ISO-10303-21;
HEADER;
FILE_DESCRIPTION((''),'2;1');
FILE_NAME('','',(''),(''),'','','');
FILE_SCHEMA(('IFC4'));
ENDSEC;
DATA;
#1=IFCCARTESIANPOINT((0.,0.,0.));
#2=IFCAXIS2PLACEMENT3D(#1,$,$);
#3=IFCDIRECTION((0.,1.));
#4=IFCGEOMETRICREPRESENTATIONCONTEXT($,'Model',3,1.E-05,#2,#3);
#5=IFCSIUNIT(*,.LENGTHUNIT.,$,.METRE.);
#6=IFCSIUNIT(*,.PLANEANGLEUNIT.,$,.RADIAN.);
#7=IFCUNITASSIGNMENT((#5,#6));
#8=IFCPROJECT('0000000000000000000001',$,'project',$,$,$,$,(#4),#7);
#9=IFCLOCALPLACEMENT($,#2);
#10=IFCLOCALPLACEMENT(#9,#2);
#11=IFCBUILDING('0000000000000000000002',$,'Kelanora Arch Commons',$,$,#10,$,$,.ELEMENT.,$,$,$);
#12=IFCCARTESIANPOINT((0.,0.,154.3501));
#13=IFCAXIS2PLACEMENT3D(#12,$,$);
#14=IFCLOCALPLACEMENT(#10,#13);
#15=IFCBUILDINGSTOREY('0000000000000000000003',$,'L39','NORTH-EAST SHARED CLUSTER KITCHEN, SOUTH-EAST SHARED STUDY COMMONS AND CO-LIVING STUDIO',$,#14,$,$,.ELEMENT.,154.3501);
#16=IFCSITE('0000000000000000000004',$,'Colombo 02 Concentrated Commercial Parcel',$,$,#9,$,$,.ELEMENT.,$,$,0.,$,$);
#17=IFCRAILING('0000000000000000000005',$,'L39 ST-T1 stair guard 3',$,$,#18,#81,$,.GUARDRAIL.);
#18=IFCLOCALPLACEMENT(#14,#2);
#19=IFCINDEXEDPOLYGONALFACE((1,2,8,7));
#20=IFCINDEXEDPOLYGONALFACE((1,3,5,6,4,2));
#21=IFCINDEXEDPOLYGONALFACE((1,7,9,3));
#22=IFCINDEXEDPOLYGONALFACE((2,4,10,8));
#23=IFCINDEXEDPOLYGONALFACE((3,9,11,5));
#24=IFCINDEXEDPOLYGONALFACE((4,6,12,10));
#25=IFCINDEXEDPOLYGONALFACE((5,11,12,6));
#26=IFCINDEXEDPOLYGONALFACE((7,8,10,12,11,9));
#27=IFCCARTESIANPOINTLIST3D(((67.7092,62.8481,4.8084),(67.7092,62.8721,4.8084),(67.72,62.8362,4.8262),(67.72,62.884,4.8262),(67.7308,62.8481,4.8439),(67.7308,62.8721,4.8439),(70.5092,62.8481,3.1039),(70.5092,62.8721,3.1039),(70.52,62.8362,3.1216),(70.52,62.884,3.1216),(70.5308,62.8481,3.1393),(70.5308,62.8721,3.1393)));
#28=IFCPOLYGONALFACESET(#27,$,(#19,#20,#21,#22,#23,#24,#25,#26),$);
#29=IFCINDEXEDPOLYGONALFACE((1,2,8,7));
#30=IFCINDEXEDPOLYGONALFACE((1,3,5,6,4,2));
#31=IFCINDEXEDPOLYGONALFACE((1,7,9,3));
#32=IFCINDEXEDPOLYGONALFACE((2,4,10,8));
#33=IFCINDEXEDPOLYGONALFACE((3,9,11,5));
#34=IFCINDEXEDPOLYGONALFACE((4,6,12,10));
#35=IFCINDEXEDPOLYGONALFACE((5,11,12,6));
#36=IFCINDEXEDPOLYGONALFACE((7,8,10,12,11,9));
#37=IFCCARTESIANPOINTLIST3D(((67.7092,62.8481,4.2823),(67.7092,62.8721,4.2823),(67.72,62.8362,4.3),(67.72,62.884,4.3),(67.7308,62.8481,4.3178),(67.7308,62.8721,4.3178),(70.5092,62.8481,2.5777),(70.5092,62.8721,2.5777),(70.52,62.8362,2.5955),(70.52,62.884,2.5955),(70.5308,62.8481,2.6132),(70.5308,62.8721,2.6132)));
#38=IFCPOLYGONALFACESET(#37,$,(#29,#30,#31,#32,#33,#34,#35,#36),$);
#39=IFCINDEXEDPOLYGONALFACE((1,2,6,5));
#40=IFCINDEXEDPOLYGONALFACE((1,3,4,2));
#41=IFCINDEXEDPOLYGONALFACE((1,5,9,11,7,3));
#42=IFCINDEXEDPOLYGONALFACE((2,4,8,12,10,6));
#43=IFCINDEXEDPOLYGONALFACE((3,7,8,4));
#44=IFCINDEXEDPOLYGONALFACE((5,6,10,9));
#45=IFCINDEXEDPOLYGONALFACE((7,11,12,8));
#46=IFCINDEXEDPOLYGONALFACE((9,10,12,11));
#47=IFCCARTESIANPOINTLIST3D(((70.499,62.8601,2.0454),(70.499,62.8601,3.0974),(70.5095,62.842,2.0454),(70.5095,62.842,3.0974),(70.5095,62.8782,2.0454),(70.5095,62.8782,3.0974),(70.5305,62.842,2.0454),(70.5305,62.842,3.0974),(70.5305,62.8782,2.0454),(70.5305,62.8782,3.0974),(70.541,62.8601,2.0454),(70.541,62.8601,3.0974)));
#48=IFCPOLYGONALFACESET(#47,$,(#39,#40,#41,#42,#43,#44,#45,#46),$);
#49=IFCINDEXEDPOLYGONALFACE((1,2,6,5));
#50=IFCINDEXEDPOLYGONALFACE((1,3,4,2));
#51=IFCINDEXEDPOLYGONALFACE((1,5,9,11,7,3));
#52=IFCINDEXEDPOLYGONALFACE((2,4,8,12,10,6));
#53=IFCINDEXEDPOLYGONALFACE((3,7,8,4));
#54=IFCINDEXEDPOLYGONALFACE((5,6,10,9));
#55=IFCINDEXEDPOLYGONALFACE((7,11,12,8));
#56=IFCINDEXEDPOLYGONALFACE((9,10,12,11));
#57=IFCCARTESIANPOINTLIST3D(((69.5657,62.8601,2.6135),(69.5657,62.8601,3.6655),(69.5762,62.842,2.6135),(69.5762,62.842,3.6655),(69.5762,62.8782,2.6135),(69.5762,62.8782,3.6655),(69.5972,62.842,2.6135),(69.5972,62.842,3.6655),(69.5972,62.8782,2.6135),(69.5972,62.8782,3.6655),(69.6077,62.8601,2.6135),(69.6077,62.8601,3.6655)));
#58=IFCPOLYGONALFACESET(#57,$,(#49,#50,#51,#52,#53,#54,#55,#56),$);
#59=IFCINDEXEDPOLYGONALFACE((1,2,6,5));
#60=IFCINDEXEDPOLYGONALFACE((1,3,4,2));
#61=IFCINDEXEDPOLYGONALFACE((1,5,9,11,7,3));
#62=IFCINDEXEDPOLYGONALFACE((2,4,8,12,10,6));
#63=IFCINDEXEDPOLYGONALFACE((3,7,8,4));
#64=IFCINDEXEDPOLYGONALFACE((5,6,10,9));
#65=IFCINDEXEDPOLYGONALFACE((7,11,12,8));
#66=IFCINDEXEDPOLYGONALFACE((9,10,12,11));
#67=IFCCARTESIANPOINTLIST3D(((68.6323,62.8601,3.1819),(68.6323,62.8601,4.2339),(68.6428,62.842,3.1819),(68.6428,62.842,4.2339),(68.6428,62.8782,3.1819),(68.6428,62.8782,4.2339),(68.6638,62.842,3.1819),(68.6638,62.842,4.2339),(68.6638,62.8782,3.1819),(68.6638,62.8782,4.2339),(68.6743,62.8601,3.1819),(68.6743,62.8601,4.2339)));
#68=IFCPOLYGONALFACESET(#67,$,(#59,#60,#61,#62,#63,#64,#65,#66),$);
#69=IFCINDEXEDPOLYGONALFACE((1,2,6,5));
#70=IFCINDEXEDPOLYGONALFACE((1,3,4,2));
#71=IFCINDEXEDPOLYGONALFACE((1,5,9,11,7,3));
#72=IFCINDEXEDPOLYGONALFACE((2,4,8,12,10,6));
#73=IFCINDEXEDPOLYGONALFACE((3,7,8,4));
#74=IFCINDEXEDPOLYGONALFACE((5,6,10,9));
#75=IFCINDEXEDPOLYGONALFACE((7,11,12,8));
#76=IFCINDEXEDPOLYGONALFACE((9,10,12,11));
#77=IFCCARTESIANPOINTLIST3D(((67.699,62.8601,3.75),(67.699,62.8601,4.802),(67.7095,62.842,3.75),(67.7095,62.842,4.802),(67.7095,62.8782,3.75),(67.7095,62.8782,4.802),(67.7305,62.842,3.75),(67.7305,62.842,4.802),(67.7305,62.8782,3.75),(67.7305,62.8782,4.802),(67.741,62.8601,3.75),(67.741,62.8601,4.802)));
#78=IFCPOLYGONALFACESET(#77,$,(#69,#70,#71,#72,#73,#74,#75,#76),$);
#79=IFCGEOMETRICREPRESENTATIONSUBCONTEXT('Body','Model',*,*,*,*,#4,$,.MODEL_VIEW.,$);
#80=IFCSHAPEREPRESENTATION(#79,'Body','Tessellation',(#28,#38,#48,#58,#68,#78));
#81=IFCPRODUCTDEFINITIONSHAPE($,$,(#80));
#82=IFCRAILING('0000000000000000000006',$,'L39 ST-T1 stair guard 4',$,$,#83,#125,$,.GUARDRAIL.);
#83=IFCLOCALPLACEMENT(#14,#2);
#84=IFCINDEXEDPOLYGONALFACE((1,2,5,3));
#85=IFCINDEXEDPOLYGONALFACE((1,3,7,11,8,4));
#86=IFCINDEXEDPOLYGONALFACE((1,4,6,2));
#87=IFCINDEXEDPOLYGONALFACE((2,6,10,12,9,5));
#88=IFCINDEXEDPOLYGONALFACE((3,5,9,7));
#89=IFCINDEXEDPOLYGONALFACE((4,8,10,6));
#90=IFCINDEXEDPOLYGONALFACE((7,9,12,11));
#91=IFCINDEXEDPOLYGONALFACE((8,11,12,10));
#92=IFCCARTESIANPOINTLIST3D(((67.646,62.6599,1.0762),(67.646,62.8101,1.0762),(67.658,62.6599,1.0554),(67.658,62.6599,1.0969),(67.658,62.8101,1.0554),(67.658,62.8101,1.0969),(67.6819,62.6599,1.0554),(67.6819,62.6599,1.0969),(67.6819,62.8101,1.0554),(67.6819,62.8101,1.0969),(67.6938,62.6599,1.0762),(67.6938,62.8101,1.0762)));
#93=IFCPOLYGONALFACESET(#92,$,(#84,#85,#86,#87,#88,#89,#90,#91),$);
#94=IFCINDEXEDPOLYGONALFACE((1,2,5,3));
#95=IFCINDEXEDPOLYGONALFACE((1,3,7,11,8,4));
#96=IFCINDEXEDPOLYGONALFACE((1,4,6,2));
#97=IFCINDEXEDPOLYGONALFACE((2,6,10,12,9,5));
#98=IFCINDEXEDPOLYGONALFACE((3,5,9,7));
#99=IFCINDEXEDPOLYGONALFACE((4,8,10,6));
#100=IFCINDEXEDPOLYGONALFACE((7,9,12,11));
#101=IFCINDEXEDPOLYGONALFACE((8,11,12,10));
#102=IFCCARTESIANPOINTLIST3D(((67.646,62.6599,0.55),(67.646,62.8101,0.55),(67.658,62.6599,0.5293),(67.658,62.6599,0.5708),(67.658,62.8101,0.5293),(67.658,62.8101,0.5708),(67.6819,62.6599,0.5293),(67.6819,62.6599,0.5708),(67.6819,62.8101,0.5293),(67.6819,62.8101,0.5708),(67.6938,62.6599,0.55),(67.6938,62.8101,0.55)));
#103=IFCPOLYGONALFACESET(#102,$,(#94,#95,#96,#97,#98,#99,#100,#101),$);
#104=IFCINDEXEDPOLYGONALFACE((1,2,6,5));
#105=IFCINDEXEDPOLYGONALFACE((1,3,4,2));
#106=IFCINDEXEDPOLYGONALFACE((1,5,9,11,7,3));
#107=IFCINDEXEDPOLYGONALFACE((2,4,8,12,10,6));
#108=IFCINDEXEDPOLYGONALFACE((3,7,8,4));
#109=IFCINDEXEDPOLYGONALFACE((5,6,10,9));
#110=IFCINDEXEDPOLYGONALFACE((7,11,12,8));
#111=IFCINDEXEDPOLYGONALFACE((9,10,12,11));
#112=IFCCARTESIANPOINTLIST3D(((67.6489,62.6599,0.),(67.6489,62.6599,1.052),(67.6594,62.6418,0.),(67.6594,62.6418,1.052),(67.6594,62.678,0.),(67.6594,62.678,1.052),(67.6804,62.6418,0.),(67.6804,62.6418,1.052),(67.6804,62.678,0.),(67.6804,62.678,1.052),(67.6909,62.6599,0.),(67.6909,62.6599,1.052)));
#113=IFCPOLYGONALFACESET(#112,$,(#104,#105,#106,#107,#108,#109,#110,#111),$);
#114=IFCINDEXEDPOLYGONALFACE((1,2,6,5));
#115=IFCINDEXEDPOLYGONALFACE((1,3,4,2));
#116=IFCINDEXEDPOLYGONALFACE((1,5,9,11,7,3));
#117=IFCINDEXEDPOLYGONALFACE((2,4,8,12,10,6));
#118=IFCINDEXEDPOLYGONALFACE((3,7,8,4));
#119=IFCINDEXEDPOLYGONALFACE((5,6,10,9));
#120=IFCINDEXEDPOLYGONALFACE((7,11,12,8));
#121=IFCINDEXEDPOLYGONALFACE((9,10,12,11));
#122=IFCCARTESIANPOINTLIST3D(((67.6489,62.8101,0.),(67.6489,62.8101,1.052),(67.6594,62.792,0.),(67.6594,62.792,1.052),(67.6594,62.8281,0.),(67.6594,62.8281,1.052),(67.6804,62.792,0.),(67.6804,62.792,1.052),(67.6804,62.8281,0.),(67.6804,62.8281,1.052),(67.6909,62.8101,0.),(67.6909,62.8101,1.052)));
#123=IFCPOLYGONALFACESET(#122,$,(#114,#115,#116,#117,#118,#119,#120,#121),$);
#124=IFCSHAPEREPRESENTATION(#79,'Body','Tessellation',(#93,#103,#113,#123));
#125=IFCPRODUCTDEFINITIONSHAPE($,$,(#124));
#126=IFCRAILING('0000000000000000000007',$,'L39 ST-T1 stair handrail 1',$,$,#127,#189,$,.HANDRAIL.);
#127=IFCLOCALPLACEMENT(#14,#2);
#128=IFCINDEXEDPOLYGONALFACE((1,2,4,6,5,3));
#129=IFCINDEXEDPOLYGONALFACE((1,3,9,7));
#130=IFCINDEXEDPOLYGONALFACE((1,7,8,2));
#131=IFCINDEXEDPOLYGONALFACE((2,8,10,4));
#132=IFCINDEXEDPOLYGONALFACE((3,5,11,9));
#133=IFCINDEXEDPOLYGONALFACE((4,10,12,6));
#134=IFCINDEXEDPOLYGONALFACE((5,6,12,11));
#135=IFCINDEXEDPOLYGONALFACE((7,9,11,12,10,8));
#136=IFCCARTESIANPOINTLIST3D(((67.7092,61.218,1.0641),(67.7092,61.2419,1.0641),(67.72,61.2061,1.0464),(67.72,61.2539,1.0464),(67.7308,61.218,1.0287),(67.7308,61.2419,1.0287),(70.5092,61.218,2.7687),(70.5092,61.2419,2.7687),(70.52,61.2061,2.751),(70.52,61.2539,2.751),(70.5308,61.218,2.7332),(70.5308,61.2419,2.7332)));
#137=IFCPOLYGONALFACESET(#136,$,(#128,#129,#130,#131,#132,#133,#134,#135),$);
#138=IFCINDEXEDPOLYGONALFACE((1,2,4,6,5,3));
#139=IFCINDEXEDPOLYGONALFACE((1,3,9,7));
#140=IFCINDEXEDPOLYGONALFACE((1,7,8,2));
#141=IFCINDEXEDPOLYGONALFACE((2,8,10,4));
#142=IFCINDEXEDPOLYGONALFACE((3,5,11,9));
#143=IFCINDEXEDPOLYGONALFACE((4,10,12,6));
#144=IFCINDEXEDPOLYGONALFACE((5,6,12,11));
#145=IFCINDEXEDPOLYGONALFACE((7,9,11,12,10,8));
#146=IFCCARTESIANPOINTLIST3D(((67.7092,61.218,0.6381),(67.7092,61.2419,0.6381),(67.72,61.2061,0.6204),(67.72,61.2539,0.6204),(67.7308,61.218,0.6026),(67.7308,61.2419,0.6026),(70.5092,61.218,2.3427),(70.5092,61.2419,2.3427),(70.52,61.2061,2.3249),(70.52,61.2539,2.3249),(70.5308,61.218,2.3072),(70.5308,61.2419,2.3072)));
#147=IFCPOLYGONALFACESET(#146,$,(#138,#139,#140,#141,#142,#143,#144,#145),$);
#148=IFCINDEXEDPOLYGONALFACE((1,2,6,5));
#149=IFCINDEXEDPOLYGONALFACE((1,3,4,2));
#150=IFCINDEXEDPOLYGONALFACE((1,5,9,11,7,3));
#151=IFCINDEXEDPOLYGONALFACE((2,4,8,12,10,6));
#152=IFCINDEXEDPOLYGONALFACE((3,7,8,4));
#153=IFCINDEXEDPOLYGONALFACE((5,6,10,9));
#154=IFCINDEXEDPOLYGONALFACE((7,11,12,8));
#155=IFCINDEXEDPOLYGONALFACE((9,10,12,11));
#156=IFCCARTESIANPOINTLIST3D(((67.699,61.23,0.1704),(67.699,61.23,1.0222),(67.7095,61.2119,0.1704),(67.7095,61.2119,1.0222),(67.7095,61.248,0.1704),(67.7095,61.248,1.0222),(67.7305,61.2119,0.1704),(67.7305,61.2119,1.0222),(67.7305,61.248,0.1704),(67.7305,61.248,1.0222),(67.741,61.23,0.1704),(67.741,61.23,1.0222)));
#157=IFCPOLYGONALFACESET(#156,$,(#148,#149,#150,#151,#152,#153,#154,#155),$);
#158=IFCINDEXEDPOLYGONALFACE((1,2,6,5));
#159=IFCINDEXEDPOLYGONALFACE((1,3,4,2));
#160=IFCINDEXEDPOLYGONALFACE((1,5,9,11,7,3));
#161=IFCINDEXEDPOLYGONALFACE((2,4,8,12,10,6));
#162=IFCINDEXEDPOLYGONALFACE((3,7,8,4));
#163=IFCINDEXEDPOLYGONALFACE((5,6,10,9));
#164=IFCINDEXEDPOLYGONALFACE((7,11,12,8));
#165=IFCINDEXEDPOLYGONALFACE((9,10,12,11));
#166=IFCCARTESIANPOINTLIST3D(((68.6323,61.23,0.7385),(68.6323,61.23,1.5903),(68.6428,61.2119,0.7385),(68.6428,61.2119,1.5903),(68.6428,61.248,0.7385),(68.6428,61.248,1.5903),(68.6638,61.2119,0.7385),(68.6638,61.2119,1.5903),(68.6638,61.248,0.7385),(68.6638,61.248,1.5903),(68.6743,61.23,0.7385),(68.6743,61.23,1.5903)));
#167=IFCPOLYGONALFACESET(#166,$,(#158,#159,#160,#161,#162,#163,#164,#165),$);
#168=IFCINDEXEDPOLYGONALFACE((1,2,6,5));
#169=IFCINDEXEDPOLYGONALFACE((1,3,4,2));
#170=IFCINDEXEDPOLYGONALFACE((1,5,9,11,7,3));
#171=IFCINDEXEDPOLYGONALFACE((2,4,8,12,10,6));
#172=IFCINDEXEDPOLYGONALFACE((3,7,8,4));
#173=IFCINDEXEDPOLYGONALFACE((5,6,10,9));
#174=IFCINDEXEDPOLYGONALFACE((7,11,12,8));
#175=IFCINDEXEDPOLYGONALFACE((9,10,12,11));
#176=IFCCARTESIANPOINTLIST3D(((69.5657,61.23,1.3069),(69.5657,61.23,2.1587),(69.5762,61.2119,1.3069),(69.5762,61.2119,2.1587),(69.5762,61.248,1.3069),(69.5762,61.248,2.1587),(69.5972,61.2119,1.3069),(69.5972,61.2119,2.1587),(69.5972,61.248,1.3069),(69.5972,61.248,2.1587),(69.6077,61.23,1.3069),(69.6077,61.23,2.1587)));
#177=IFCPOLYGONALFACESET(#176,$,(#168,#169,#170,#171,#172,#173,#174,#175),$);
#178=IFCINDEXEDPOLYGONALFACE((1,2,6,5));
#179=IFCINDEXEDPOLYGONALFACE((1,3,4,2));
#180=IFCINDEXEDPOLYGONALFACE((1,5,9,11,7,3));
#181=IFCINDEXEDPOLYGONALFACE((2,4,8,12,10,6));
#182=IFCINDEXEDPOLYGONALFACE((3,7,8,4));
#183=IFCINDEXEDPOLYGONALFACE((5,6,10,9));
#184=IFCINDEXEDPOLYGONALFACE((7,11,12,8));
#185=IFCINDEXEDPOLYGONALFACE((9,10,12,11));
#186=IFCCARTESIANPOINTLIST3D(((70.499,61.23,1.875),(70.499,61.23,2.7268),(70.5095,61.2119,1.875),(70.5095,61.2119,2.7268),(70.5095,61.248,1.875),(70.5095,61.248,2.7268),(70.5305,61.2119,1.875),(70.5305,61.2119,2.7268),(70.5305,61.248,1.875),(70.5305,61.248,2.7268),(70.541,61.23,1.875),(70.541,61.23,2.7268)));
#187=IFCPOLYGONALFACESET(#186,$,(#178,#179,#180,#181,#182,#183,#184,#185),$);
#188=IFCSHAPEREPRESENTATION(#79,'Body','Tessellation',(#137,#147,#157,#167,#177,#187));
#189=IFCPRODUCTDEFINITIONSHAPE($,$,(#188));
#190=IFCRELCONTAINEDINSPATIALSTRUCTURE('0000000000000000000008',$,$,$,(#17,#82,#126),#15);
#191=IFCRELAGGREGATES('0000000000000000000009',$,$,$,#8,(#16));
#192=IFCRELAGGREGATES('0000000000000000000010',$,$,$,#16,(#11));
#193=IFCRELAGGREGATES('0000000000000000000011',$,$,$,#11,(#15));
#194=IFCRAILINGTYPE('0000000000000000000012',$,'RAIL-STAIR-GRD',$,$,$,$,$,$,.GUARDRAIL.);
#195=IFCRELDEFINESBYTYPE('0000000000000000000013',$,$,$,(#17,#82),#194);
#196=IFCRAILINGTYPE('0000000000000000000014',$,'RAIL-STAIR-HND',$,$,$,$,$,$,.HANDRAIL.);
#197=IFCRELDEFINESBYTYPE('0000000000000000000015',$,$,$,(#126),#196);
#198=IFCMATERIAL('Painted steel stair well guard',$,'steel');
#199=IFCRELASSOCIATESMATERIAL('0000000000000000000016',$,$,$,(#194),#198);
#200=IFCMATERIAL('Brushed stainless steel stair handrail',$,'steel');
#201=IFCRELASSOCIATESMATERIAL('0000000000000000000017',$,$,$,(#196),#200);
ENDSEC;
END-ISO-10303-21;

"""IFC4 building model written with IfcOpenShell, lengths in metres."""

from ifc_helpers import new_model, si_unit, direction, frame, origin, place, context, subcontext, project, spatial, polyline, outline, extrude, material, type_object, element, save


model = new_model("IFC4")

# Units and contexts
model_context = context("Model", 3, precision=1e-05, world=origin(), true_north=direction((0.0, 1.0)))
body_context = subcontext(model_context, "Body", "Model", "MODEL_VIEW")
ifc_project = project(units=[si_unit("LENGTHUNIT", "METRE"), si_unit("PLANEANGLEUNIT", "RADIAN")], contexts=[model_context])

# Site, building, storey
site_placement = place(None, origin())
site = spatial("IfcSite", under=ifc_project, at=site_placement, Name="Colombo 02 Concentrated Commercial Parcel", CompositionType="ELEMENT", RefElevation=0.0)
building_placement = place(site_placement, origin())
building = spatial("IfcBuilding", under=site, at=building_placement, Name="Kelanora Arch Commons", CompositionType="ELEMENT")
storey_placement = place(building_placement, frame((0.0, 0.0, 154.3501)))
storey = spatial("IfcBuildingStorey", under=building, at=storey_placement, Name="L39", Description="NORTH-EAST SHARED CLUSTER KITCHEN, SOUTH-EAST SHARED STUDY COMMONS AND CO-LIVING STUDIO", CompositionType="ELEMENT", Elevation=154.3501)

# Railings
ifc_material_1 = material(Name="Painted steel stair well guard", Category="steel")
railing_type_1 = type_object("IfcRailingType", Name="RAIL-STAIR-GRD", PredefinedType="GUARDRAIL", material=ifc_material_1)
railing_1_placement = place(storey_placement, frame((70.52, 62.8601, 2.0454)))
element("IfcRailing", 1, at=railing_1_placement, inside=storey, type_object=railing_type_1, Name="L39 ST-T1 stair guard 3", PredefinedType="GUARDRAIL", context=body_context, shape_type="SweptSolid", body=[
    extrude(outline(polyline([(0.0239, 0.0), (0.012, 0.0208), (-0.012, 0.0208), (-0.0239, 0.0), (-0.012, -0.0208), (0.012, -0.0208), (0.0239, 0.0)])), frame((0.0, 0.0, 1.0762), z_axis=(-0.85417, 0.0, 0.519994), x_axis=(0.0, -1.0, 0.0)), (0.0, 0.0, 1.0), 3.2781),
    extrude(outline(polyline([(0.0239, 0.0), (0.012, 0.0208), (-0.012, 0.0208), (-0.0239, 0.0), (-0.012, -0.0208), (0.012, -0.0208), (0.0239, 0.0)])), frame((0.0, 0.0, 0.55), z_axis=(-0.85417, 0.0, 0.519994), x_axis=(0.0, -1.0, 0.0)), (0.0, 0.0, 1.0), 3.2781),
    extrude(outline(polyline([(0.021, 0.0), (0.0105, 0.0181), (-0.0105, 0.0181), (-0.021, 0.0), (-0.0105, -0.0181), (0.0105, -0.0181), (0.021, 0.0)])), origin(), (0.0, 0.0, 1.0), 1.052),
    extrude(outline(polyline([(0.021, 0.0), (0.0105, 0.0181), (-0.0105, 0.0181), (-0.021, 0.0), (-0.0105, -0.0181), (0.0105, -0.0181), (0.021, 0.0)])), frame((-0.9333, 0.0, 0.5681)), (0.0, 0.0, 1.0), 1.052),
    extrude(outline(polyline([(0.021, 0.0), (0.0105, 0.0181), (-0.0105, 0.0181), (-0.021, 0.0), (-0.0105, -0.0181), (0.0105, -0.0181), (0.021, 0.0)])), frame((-1.8667, 0.0, 1.1365)), (0.0, 0.0, 1.0), 1.052),
    extrude(outline(polyline([(0.021, 0.0), (0.0105, 0.0181), (-0.0105, 0.0181), (-0.021, 0.0), (-0.0105, -0.0181), (0.0105, -0.0181), (0.021, 0.0)])), frame((-2.8, 0.0, 1.7046)), (0.0, 0.0, 1.0), 1.052),
])
railing_2_placement = place(storey_placement, frame((67.6699, 62.6599, 0.0)))
element("IfcRailing", 2, at=railing_2_placement, inside=storey, type_object=railing_type_1, Name="L39 ST-T1 stair guard 4", PredefinedType="GUARDRAIL", context=body_context, shape_type="SweptSolid", body=[
    extrude(outline(polyline([(0.0239, 0.0), (0.012, 0.0208), (-0.012, 0.0208), (-0.0239, 0.0), (-0.012, -0.0208), (0.012, -0.0208), (0.0239, 0.0)])), frame((0.0, 0.0, 1.0762), z_axis=(0.0, 1.0, 0.0), x_axis=(-1.0, 0.0, 0.0)), (0.0, 0.0, 1.0), 0.1501),
    extrude(outline(polyline([(0.0239, 0.0), (0.012, 0.0208), (-0.012, 0.0208), (-0.0239, 0.0), (-0.012, -0.0208), (0.012, -0.0208), (0.0239, 0.0)])), frame((0.0, 0.0, 0.55), z_axis=(0.0, 1.0, 0.0), x_axis=(-1.0, 0.0, 0.0)), (0.0, 0.0, 1.0), 0.1501),
    extrude(outline(polyline([(0.021, 0.0), (0.0105, 0.0181), (-0.0105, 0.0181), (-0.021, 0.0), (-0.0105, -0.0181), (0.0105, -0.0181), (0.021, 0.0)])), origin(), (0.0, 0.0, 1.0), 1.052),
    extrude(outline(polyline([(0.021, 0.0), (0.0105, 0.0181), (-0.0105, 0.0181), (-0.021, 0.0), (-0.0105, -0.0181), (0.0105, -0.0181), (0.021, 0.0)])), frame((0.0, 0.1501, 0.0)), (0.0, 0.0, 1.0), 1.052),
])
ifc_material_2 = material(Name="Brushed stainless steel stair handrail", Category="steel")
railing_type_2 = type_object("IfcRailingType", Name="RAIL-STAIR-HND", PredefinedType="HANDRAIL", material=ifc_material_2)
railing_3_placement = place(storey_placement, frame((67.72, 61.23, 0.1704)))
element("IfcRailing", 3, at=railing_3_placement, inside=storey, type_object=railing_type_2, Name="L39 ST-T1 stair handrail 1", PredefinedType="HANDRAIL", context=body_context, shape_type="SweptSolid", body=[
    extrude(outline(polyline([(0.0239, 0.0), (0.012, 0.0208), (-0.012, 0.0208), (-0.0239, 0.0), (-0.012, -0.0208), (0.012, -0.0208), (0.0239, 0.0)])), frame((0.0, 0.0, 0.876), z_axis=(0.85417, 0.0, 0.519994), x_axis=(0.0, 1.0, 0.0)), (0.0, 0.0, 1.0), 3.2781),
    extrude(outline(polyline([(0.0239, 0.0), (0.012, 0.0208), (-0.012, 0.0208), (-0.0239, 0.0), (-0.012, -0.0208), (0.012, -0.0208), (0.0239, 0.0)])), frame((0.0, 0.0, 0.45), z_axis=(0.85417, 0.0, 0.519994), x_axis=(0.0, 1.0, 0.0)), (0.0, 0.0, 1.0), 3.2781),
    extrude(outline(polyline([(0.021, 0.0), (0.0105, 0.0181), (-0.0105, 0.0181), (-0.021, 0.0), (-0.0105, -0.0181), (0.0105, -0.0181), (0.021, 0.0)])), origin(), (0.0, 0.0, 1.0), 0.8518),
    extrude(outline(polyline([(0.021, 0.0), (0.0105, 0.0181), (-0.0105, 0.0181), (-0.021, 0.0), (-0.0105, -0.0181), (0.0105, -0.0181), (0.021, 0.0)])), frame((0.9333, 0.0, 0.5681)), (0.0, 0.0, 1.0), 0.8518),
    extrude(outline(polyline([(0.021, 0.0), (0.0105, 0.0181), (-0.0105, 0.0181), (-0.021, 0.0), (-0.0105, -0.0181), (0.0105, -0.0181), (0.021, 0.0)])), frame((1.8667, 0.0, 1.1365)), (0.0, 0.0, 1.0), 0.8518),
    extrude(outline(polyline([(0.021, 0.0), (0.0105, 0.0181), (-0.0105, 0.0181), (-0.021, 0.0), (-0.0105, -0.0181), (0.0105, -0.0181), (0.021, 0.0)])), frame((2.8, 0.0, 1.7046)), (0.0, 0.0, 1.0), 0.8518),
])

save(model, "model.ifc")
